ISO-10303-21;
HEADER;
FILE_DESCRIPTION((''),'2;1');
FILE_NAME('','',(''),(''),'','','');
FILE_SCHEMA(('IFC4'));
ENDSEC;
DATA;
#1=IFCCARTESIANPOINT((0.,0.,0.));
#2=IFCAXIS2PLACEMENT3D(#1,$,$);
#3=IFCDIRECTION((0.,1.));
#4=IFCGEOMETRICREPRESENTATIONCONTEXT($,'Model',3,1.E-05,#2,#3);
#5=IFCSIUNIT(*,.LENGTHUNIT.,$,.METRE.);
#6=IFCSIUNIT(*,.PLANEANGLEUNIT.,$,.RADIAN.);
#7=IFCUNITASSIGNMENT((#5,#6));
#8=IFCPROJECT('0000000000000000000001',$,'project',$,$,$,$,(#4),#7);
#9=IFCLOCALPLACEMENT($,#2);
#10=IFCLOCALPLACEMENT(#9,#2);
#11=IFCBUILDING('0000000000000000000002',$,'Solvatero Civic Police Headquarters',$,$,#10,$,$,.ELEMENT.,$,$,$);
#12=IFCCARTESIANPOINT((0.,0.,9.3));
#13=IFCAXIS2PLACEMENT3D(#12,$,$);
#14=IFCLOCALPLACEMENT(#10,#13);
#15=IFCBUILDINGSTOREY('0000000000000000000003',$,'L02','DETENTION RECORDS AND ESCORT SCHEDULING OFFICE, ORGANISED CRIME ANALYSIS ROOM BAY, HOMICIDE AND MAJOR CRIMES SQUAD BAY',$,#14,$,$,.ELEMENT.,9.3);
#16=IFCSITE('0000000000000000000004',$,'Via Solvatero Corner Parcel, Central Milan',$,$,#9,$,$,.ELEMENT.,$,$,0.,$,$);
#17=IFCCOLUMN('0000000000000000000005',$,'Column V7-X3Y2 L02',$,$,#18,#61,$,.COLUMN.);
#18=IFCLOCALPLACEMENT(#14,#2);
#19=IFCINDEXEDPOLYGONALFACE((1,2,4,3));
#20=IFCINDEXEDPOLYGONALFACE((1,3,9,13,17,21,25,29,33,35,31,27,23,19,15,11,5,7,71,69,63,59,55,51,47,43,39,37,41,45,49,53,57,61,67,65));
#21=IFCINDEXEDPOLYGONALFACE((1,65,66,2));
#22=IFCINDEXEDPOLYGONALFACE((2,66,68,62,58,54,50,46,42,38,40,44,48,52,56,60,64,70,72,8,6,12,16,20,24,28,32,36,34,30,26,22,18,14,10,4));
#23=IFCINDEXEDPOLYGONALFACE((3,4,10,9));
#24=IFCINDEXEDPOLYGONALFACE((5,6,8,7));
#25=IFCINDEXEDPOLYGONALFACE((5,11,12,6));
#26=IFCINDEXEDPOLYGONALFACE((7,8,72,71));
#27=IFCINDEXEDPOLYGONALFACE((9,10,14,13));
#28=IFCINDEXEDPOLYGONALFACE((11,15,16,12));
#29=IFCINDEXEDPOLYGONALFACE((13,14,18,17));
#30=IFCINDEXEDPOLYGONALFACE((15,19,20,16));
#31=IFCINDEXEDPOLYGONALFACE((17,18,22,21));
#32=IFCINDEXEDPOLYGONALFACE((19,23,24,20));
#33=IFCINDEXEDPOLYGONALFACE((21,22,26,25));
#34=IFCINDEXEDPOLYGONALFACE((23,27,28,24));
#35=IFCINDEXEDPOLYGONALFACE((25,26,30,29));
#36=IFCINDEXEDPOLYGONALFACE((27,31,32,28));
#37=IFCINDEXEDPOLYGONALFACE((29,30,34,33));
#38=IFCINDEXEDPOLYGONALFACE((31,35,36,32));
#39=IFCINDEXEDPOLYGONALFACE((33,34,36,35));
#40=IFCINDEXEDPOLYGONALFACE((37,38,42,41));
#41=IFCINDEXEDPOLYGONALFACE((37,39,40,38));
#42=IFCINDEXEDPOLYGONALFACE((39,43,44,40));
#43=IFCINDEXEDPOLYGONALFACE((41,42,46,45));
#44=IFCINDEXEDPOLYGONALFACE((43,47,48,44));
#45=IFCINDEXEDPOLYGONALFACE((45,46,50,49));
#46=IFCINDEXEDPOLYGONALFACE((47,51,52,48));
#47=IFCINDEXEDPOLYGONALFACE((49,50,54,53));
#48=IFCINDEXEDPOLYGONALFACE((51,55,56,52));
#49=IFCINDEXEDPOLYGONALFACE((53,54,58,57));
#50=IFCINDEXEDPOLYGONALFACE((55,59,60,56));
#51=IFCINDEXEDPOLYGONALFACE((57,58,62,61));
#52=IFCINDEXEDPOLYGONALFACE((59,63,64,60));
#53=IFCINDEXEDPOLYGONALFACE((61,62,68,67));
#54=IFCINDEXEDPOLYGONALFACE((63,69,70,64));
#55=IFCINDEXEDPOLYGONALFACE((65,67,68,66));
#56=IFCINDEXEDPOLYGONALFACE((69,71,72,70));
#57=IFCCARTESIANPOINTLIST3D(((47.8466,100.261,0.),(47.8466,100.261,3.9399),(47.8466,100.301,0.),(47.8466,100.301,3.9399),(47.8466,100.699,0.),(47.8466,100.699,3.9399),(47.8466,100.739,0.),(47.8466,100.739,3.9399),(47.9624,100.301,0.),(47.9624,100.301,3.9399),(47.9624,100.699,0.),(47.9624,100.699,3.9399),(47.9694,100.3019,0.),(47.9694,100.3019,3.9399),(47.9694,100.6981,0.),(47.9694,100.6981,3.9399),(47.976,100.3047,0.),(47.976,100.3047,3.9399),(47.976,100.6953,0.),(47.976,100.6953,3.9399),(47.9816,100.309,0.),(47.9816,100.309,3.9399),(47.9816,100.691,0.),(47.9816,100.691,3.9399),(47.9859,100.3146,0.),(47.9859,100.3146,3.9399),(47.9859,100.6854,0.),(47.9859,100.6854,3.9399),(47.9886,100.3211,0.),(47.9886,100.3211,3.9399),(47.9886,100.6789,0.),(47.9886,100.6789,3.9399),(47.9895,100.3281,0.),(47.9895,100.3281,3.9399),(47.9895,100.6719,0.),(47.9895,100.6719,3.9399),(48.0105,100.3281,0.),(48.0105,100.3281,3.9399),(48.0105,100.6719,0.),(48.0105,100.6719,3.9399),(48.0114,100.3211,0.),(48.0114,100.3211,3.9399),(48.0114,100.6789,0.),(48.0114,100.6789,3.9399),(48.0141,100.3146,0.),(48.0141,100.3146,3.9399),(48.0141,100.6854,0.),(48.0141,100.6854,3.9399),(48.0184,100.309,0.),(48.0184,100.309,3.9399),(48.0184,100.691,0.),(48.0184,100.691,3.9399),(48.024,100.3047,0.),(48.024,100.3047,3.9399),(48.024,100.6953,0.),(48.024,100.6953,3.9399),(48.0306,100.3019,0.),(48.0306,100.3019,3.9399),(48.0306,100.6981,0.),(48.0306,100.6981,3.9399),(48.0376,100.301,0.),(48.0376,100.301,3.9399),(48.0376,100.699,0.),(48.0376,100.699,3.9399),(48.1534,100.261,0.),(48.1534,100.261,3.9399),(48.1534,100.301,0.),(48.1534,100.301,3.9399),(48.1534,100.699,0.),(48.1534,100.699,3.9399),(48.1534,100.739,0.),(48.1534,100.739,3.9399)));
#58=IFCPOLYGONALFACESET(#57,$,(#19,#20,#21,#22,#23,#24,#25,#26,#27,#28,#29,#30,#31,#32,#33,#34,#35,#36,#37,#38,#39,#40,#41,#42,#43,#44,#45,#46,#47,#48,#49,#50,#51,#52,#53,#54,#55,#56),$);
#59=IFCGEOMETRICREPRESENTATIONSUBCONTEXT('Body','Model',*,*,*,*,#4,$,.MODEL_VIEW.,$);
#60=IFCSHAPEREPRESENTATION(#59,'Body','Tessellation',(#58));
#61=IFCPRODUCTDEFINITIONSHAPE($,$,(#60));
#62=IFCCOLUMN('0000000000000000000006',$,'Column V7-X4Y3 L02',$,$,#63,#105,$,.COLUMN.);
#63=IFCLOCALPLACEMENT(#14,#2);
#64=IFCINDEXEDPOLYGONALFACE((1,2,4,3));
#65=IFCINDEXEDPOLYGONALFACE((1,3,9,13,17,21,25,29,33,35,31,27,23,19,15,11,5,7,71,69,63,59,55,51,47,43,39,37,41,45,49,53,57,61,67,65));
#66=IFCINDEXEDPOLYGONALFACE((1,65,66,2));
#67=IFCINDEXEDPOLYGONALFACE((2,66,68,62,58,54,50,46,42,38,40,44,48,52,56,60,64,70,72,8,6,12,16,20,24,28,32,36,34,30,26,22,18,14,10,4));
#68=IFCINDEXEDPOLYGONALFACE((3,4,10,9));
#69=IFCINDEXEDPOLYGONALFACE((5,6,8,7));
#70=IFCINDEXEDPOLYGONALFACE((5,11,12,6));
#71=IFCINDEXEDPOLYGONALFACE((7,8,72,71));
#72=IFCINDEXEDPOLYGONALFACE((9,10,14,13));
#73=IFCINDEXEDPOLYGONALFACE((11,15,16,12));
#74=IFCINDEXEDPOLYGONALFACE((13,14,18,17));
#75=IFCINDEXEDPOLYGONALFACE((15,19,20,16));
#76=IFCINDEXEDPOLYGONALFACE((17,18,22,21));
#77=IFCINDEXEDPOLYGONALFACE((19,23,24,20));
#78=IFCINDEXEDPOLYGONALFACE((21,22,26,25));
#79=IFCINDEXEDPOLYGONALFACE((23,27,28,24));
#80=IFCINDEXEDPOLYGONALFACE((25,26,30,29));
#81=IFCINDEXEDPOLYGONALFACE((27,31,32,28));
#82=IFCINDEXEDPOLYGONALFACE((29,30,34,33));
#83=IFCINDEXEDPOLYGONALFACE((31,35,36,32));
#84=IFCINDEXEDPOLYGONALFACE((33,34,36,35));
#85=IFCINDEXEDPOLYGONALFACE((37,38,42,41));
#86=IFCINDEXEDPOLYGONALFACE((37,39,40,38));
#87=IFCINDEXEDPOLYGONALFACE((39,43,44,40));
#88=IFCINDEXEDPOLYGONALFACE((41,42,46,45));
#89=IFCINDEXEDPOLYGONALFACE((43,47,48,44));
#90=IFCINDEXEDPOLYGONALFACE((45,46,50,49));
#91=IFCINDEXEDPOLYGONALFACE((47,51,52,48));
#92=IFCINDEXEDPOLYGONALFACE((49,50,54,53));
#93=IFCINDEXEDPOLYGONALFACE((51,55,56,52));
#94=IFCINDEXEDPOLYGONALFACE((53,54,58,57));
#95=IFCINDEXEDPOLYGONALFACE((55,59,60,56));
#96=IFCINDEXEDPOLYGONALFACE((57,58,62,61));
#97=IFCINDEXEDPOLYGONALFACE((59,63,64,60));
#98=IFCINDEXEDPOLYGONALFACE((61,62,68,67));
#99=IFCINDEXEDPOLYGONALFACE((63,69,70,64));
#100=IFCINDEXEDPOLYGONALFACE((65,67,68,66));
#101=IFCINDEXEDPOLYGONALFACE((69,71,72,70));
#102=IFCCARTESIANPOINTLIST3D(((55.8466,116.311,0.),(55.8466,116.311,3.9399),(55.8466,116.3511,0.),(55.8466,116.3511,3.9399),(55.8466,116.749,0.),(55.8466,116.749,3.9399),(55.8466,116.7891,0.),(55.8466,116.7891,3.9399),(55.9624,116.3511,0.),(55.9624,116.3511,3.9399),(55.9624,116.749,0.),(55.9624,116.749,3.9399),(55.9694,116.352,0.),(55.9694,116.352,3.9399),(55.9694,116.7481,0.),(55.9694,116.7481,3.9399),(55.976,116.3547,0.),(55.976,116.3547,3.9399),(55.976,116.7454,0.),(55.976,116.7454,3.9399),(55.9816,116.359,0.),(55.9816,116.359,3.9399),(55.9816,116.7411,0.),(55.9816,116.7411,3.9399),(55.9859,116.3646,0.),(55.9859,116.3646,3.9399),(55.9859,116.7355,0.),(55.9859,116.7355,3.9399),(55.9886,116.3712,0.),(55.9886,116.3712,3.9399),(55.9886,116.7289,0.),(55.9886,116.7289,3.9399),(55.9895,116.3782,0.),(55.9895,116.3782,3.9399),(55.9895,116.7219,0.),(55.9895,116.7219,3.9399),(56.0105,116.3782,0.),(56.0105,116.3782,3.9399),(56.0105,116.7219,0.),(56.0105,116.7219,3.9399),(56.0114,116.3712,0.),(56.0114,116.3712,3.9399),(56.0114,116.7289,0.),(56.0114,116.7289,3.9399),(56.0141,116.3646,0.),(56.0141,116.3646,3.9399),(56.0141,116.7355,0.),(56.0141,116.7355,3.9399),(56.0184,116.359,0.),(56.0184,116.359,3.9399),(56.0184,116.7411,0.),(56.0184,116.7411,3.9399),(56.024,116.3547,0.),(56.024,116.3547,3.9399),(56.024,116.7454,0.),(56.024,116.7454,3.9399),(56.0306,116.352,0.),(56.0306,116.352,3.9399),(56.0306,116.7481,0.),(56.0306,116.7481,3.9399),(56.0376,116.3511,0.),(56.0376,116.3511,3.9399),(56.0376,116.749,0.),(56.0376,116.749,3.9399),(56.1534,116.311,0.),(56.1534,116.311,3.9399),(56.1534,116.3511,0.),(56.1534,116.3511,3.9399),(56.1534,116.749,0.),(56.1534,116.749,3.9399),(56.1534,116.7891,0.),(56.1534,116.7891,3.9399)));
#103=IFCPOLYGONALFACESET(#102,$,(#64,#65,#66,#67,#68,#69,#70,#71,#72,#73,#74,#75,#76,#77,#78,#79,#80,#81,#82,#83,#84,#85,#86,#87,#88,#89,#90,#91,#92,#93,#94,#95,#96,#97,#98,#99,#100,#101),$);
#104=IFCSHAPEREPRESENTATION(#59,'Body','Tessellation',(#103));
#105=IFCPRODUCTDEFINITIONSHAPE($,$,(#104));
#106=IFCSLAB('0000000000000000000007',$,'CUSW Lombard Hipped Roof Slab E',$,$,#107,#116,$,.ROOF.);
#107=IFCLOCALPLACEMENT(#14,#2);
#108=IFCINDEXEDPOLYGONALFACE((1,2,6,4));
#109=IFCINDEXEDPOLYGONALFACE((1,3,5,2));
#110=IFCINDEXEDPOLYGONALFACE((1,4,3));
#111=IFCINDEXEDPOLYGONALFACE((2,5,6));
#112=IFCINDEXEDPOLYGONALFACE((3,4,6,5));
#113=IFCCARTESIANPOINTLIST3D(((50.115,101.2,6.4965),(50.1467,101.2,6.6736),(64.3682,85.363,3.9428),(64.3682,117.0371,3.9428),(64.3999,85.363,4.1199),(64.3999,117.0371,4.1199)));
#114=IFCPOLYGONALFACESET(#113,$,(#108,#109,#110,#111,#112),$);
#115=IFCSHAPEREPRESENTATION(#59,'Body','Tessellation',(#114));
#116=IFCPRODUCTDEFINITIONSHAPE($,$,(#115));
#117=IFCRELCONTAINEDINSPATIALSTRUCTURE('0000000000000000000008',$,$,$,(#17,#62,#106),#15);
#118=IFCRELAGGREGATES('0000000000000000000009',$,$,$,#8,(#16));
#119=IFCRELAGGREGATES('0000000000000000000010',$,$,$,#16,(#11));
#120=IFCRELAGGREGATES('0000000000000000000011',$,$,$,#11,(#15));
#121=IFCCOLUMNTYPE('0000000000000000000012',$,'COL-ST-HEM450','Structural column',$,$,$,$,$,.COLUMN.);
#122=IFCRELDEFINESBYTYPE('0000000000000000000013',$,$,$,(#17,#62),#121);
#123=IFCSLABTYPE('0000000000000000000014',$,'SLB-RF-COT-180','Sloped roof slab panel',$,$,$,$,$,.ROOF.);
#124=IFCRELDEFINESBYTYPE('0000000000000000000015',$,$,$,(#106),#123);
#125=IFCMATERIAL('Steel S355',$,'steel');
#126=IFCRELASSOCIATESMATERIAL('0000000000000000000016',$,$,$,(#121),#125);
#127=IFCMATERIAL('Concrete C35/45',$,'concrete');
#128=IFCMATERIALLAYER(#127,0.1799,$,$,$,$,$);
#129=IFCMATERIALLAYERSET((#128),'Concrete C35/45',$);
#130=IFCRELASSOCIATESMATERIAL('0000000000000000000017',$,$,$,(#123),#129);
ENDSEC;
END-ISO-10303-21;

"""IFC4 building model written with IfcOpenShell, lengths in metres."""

from ifc_helpers import new_model, si_unit, direction, frame, origin, origin_2d, place, context, subcontext, project, spatial, polyline, i_section, outline, extrude, material, layer, layer_set, material_profile, profile_set, type_object, element, save


model = new_model("IFC4")

# Units and contexts
model_context = context("Model", 3, precision=1e-05, world=origin(), true_north=direction((0.0, 1.0)))
body_context = subcontext(model_context, "Body", "Model", "MODEL_VIEW")
ifc_project = project(units=[si_unit("LENGTHUNIT", "METRE"), si_unit("PLANEANGLEUNIT", "RADIAN")], contexts=[model_context])

# Site, building, storey
site_placement = place(None, origin())
site = spatial("IfcSite", under=ifc_project, at=site_placement, Name="Via Solvatero Corner Parcel, Central Milan", CompositionType="ELEMENT", RefElevation=0.0)
building_placement = place(site_placement, origin())
building = spatial("IfcBuilding", under=site, at=building_placement, Name="Solvatero Civic Police Headquarters", CompositionType="ELEMENT")
storey_placement = place(building_placement, frame((0.0, 0.0, 9.3)))
storey = spatial("IfcBuildingStorey", under=building, at=storey_placement, Name="L02", Description="DETENTION RECORDS AND ESCORT SCHEDULING OFFICE, ORGANISED CRIME ANALYSIS ROOM BAY, HOMICIDE AND MAJOR CRIMES SQUAD BAY", CompositionType="ELEMENT", Elevation=9.3)

# Columns
ifc_material_1 = material(Name="Steel S355", Category="steel")
ifc_material_profile_1 = material_profile(ifc_material_1, i_section(OverallWidth=0.3069, OverallDepth=0.478, WebThickness=0.021, FlangeThickness=0.04, FilletRadius=0.0271, at=origin_2d()), Name="HEM 450")
ifc_profile_set_1 = profile_set([ifc_material_profile_1], Name="Steel S355")
column_type_1 = type_object("IfcColumnType", Name="COL-ST-HEM450", Description="Structural column", PredefinedType="COLUMN", material=ifc_profile_set_1)
for number, where, z_axis, x_axis, name in (
    (1, (48.0, 100.5, 0.0), (0.0, 0.0, 1.0), (1.0, 0.0, 0.0), "Column V7-X3Y2 L02"),
    (2, (56.0, 116.55, 0.0), (0.0, 0.0, 1.0), (1.0, 0.0, 0.0), "Column V7-X4Y3 L02"),
):
    element("IfcColumn", number, at=place(storey_placement, frame(where, z_axis=z_axis, x_axis=x_axis)), inside=storey, type_object=column_type_1, Name=name, PredefinedType="COLUMN", context=body_context, shape_type="SweptSolid", body=[
        extrude(i_section(OverallWidth=0.3069, OverallDepth=0.478, WebThickness=0.021, FlangeThickness=0.04, FilletRadius=0.0271, at=origin_2d()), origin(), (0.0, 0.0, 1.0), 3.9399),
    ])

# Shared definitions
ifc_material_2 = material(Name="Concrete C35/45", Category="concrete")
ifc_layer_1 = layer(ifc_material_2, 0.1799)
ifc_layer_set_1 = layer_set([ifc_layer_1], Name="Concrete C35/45")
slab_type = type_object("IfcSlabType", Name="SLB-RF-COT-180", Description="Sloped roof slab panel", PredefinedType="ROOF", material=ifc_layer_set_1)

# Slab
slab_1_placement = place(storey_placement, frame((64.3999, 117.0371, 4.1199), z_axis=(0.17636, 0.0, 0.984326), x_axis=(0.0, -1.0, 0.0)))
element("IfcSlab", 3, at=slab_1_placement, inside=storey, type_object=slab_type, Name="CUSW Lombard Hipped Roof Slab E", PredefinedType="ROOF", context=body_context, shape_type="SweptSolid", body=[
    extrude(outline(polyline([(0.0, 0.0), (31.6741, 0.0), (15.8372, -14.4801), (0.0, 0.0)])), origin(), (0.0, 0.0, -1.0), 0.1799),
])

save(model, "model.ifc")
